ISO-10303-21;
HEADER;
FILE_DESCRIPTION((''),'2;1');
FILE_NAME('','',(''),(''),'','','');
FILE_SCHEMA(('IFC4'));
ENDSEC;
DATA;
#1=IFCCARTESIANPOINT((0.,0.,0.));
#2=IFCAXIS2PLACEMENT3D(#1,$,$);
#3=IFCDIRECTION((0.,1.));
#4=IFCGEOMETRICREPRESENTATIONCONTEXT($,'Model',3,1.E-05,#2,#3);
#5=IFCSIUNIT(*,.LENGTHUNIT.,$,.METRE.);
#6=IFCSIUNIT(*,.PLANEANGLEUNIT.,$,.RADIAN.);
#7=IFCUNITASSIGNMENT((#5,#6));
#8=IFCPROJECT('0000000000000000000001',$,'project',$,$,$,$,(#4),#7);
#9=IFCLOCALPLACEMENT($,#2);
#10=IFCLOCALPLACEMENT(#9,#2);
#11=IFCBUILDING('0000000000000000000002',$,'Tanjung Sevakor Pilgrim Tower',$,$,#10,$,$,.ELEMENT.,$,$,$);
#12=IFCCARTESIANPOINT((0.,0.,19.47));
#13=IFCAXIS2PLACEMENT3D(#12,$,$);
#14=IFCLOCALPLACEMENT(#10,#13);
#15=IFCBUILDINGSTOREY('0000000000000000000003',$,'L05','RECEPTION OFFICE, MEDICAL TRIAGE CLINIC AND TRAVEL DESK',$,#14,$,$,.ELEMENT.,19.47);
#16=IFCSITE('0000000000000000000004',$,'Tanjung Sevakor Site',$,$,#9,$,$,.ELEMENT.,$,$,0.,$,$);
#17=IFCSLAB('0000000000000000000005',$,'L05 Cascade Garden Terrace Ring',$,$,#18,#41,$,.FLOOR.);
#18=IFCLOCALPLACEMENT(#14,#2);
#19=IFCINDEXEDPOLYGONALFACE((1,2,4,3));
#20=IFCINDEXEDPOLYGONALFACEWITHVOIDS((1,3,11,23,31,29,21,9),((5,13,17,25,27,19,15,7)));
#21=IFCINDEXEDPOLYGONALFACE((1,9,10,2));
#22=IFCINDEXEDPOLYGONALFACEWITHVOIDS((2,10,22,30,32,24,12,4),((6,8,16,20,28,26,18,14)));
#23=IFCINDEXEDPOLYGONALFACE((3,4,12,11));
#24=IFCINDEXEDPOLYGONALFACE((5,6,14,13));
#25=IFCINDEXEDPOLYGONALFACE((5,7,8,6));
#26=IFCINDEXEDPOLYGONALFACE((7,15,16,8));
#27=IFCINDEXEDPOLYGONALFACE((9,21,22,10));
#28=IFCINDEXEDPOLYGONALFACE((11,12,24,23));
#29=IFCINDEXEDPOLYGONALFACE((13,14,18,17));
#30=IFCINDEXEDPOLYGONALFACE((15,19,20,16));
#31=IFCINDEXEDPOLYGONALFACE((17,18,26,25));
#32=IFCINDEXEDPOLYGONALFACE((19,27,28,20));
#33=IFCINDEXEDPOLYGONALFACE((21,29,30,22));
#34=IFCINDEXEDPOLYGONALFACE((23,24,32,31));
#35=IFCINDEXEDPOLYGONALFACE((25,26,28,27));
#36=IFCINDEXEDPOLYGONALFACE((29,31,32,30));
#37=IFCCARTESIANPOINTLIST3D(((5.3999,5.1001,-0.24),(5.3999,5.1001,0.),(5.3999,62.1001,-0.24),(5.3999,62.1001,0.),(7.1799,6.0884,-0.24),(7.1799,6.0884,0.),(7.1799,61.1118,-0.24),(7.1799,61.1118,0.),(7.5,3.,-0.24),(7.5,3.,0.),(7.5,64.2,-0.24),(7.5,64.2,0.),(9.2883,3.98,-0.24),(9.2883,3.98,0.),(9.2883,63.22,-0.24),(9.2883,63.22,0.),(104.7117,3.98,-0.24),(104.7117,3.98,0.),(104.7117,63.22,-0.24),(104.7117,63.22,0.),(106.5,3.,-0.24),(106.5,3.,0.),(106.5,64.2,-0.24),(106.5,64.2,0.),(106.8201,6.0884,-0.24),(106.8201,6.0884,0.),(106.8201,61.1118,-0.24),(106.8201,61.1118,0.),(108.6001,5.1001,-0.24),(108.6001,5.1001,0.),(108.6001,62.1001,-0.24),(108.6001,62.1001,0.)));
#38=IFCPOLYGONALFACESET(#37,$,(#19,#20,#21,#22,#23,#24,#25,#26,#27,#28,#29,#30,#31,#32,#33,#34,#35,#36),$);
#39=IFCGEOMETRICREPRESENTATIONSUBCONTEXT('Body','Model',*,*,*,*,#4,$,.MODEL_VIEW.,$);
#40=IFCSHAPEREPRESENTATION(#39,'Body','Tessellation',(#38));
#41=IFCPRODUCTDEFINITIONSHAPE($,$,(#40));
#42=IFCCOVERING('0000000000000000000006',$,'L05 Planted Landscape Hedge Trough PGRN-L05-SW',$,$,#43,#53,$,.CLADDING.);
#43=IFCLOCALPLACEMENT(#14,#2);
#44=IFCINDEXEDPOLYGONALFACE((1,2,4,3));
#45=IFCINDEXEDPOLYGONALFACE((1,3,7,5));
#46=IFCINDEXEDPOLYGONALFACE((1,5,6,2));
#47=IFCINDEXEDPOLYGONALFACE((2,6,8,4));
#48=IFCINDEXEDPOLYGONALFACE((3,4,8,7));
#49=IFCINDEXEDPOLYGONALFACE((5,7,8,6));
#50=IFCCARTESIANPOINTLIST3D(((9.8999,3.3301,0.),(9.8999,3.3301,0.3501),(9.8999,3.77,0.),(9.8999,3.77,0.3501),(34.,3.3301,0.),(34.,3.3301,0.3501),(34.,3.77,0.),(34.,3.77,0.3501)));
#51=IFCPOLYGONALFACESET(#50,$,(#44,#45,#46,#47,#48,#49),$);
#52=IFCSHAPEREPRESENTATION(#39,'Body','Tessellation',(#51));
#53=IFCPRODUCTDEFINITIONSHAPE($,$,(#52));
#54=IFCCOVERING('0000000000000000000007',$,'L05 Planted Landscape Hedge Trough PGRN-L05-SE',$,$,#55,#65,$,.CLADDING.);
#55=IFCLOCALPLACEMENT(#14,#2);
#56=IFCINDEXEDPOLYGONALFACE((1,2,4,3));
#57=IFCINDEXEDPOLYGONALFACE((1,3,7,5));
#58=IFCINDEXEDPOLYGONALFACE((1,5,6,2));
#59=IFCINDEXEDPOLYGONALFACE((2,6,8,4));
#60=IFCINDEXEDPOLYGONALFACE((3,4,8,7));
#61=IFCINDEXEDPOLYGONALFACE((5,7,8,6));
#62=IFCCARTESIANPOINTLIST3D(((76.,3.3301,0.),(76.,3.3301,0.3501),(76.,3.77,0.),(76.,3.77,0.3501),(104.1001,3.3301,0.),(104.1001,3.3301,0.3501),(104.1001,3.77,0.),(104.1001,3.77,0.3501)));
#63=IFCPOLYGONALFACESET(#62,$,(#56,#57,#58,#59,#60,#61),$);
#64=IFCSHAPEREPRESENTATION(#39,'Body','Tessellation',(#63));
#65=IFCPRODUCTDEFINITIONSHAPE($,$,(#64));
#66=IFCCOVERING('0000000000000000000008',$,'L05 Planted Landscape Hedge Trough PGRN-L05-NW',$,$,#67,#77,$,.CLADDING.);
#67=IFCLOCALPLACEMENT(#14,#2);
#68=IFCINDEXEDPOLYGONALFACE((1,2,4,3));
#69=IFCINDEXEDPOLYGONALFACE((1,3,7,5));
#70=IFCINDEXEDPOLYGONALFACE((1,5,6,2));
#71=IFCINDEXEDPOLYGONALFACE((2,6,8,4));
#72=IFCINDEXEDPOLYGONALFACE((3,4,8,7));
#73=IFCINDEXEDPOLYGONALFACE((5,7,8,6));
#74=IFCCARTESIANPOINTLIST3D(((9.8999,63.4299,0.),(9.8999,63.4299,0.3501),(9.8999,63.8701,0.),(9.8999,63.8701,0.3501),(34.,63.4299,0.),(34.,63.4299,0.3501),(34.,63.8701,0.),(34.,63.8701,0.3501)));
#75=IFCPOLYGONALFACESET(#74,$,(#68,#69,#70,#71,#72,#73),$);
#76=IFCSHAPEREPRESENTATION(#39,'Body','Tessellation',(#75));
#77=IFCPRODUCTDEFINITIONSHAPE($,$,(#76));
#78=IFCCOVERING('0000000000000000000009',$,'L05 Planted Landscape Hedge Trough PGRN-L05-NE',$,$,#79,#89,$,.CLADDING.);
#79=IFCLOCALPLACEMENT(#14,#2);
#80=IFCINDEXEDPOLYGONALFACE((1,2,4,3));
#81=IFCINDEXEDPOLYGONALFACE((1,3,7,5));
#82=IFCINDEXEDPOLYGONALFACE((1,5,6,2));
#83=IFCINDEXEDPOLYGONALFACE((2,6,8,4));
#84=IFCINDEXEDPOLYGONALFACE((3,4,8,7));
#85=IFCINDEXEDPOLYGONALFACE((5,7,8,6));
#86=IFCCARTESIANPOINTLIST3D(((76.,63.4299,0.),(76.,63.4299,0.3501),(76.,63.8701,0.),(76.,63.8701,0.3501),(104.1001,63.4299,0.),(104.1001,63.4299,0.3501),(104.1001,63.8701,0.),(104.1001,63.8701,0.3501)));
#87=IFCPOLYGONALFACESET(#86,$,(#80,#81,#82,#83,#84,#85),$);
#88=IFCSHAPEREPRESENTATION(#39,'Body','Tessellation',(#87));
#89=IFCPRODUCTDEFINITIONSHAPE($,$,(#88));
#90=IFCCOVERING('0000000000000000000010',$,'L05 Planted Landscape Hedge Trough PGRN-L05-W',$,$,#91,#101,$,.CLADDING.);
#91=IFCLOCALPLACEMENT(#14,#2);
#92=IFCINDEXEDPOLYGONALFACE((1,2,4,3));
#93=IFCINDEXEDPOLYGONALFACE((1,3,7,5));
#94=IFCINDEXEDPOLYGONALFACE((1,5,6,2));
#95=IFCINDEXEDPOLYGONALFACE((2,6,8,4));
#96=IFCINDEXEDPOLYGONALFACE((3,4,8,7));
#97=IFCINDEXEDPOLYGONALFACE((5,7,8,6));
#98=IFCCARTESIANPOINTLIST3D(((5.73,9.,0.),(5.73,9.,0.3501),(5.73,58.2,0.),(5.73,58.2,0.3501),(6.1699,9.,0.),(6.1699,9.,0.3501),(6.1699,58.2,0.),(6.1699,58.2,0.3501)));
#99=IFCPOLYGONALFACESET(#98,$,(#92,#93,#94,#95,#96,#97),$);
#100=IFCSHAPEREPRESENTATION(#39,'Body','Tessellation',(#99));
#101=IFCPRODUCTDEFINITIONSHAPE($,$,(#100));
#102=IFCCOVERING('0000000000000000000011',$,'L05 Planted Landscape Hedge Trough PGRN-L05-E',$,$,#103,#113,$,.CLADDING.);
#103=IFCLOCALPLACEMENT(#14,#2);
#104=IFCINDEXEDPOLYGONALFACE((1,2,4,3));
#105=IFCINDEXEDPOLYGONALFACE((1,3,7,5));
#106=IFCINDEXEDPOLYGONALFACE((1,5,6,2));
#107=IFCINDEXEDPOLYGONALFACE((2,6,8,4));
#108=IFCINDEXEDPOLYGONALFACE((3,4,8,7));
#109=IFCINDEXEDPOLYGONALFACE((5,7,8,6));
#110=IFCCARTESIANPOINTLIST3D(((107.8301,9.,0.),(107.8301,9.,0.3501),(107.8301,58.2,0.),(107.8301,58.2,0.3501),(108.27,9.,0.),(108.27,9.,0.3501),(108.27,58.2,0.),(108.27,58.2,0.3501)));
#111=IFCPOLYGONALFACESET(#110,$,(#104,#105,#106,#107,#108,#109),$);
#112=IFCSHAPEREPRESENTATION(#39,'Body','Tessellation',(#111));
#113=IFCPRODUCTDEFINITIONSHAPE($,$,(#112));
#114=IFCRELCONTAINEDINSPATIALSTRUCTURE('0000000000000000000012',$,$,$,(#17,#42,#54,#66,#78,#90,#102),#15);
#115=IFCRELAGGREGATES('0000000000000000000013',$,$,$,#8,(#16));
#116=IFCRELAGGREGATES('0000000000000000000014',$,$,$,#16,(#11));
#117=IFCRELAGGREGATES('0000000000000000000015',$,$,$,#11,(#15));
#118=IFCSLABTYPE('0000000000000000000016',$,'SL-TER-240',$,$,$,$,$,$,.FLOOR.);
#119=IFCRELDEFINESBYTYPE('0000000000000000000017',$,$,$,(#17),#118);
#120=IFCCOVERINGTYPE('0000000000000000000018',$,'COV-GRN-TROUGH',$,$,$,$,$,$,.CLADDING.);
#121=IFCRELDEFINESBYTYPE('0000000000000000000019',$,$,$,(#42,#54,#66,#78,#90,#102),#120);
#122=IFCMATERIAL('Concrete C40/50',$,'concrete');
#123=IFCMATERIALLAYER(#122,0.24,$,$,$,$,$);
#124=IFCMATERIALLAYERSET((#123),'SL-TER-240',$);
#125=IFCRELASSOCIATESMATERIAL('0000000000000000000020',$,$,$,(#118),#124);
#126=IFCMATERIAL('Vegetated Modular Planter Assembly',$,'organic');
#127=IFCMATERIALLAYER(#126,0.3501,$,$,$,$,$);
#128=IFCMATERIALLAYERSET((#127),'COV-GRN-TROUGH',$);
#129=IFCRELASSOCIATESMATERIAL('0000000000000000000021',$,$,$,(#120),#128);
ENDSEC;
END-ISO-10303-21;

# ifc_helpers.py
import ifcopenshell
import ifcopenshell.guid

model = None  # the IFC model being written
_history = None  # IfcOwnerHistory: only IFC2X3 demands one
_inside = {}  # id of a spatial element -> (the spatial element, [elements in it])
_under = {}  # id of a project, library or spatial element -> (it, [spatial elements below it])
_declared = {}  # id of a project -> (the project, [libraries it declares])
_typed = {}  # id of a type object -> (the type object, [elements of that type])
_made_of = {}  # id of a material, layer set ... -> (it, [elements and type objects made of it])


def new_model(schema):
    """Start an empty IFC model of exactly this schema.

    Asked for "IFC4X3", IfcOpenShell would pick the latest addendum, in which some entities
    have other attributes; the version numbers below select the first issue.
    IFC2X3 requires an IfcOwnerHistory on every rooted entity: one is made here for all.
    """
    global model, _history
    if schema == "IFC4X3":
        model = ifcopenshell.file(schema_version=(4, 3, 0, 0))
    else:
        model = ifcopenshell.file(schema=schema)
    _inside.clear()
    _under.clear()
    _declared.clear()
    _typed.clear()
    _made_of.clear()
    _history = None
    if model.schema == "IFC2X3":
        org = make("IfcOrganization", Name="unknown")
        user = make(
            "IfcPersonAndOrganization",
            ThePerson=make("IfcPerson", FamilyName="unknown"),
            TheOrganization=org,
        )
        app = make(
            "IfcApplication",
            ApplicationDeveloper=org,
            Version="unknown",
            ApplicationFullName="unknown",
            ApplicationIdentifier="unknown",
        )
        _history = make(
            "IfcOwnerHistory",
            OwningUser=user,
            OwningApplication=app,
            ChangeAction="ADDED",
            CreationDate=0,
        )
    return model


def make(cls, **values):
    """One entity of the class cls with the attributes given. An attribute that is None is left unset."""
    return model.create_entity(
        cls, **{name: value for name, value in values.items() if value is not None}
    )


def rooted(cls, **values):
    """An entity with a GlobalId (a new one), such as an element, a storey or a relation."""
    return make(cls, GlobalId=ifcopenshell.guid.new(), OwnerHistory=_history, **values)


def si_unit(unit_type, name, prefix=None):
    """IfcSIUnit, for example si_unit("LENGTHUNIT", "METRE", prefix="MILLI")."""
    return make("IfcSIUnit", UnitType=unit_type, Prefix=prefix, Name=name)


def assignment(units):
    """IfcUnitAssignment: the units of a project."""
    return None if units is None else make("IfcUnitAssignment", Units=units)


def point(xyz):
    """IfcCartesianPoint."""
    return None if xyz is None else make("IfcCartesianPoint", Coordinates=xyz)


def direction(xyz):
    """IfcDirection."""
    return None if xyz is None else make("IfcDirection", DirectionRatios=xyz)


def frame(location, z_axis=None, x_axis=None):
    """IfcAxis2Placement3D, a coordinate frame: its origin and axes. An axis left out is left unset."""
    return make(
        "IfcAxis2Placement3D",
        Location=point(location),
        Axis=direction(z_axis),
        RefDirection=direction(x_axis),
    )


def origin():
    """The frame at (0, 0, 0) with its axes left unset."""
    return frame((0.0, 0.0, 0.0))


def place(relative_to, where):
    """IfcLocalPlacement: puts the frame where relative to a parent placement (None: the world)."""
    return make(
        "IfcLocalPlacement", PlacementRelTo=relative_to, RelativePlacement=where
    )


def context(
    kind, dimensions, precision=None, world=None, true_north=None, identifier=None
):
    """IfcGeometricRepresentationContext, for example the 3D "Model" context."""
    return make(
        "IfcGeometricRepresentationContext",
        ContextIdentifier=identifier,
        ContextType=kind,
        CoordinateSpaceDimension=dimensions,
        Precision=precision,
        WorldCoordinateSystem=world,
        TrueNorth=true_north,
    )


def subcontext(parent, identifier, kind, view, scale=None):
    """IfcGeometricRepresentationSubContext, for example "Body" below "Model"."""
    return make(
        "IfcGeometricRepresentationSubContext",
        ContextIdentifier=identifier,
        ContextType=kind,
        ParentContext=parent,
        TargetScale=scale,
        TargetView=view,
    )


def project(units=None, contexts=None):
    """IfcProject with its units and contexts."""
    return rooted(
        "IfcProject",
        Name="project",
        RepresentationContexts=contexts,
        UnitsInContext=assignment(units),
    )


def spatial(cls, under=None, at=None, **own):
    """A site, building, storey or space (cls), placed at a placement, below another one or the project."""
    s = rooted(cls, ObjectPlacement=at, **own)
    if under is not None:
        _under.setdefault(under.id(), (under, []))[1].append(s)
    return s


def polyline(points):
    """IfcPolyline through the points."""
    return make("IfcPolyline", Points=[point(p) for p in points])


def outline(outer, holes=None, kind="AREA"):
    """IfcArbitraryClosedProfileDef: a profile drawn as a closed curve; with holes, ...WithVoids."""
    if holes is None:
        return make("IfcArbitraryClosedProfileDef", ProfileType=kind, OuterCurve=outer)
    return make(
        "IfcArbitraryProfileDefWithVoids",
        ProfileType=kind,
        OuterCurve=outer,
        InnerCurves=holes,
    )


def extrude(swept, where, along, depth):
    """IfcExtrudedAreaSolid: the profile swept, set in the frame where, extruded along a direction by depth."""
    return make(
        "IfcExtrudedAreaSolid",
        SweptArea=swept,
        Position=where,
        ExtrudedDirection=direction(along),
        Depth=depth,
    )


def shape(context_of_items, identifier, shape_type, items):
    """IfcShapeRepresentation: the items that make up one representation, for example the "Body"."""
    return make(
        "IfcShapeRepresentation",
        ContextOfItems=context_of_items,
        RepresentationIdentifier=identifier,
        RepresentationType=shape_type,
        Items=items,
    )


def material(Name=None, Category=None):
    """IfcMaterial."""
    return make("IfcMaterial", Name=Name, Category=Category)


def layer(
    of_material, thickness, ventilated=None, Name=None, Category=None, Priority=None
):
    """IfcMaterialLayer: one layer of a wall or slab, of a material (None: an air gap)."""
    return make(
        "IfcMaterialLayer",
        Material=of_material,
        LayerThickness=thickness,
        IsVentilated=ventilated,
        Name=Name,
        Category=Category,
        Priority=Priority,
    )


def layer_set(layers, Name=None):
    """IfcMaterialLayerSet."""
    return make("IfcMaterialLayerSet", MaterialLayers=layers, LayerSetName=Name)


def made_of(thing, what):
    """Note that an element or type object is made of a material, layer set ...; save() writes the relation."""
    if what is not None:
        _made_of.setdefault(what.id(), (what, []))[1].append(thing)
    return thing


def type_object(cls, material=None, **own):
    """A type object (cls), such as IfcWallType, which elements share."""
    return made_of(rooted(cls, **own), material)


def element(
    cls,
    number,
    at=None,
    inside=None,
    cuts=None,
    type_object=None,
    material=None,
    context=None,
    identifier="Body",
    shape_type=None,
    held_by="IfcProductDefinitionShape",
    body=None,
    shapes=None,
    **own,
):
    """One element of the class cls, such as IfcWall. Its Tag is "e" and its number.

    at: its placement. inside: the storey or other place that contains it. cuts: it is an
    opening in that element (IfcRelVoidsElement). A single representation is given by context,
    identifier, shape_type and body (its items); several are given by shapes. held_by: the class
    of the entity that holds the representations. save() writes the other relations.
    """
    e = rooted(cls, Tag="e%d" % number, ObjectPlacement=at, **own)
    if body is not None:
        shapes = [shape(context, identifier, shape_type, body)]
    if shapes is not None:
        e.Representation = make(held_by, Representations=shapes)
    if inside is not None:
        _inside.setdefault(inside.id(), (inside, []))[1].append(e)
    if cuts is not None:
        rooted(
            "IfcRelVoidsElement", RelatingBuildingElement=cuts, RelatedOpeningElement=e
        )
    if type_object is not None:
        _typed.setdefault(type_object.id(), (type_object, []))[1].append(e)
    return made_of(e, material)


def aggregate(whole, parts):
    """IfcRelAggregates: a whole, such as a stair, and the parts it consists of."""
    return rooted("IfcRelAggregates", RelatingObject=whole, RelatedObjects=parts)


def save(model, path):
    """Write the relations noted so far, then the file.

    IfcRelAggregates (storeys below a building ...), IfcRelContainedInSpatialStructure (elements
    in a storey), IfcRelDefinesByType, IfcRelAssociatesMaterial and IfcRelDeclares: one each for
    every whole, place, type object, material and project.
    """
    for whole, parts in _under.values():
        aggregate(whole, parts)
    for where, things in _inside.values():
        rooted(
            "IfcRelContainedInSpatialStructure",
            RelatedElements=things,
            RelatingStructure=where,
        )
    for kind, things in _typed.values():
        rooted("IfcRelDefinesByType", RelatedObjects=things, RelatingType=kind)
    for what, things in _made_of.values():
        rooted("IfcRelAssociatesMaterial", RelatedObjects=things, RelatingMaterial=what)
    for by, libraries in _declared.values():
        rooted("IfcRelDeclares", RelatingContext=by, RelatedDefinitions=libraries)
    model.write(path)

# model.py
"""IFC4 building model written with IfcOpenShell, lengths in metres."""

from ifc_helpers import new_model, si_unit, direction, frame, origin, place, context, subcontext, project, spatial, polyline, outline, extrude, material, layer, layer_set, type_object, element, save


model = new_model("IFC4")

# Units and contexts
model_context = context("Model", 3, precision=1e-05, world=origin(), true_north=direction((0.0, 1.0)))
body_context = subcontext(model_context, "Body", "Model", "MODEL_VIEW")
ifc_project = project(units=[si_unit("LENGTHUNIT", "METRE"), si_unit("PLANEANGLEUNIT", "RADIAN")], contexts=[model_context])

# Site, building, storey
site_placement = place(None, origin())
site = spatial("IfcSite", under=ifc_project, at=site_placement, Name="Tanjung Sevakor Site", CompositionType="ELEMENT", RefElevation=0.0)
building_placement = place(site_placement, origin())
building = spatial("IfcBuilding", under=site, at=building_placement, Name="Tanjung Sevakor Pilgrim Tower", CompositionType="ELEMENT")
storey_placement = place(building_placement, frame((0.0, 0.0, 19.47)))
storey = spatial("IfcBuildingStorey", under=building, at=storey_placement, Name="L05", Description="RECEPTION OFFICE, MEDICAL TRIAGE CLINIC AND TRAVEL DESK", CompositionType="ELEMENT", Elevation=19.47)

# Slab
ifc_material_1 = material(Name="Concrete C40/50", Category="concrete")
ifc_layer_1 = layer(ifc_material_1, 0.24)
ifc_layer_set_1 = layer_set([ifc_layer_1], Name="SL-TER-240")
slab_type_1 = type_object("IfcSlabType", Name="SL-TER-240", PredefinedType="FLOOR", material=ifc_layer_set_1)
slab_1_placement = place(storey_placement, frame((0.0, 0.0, -0.24)))
element("IfcSlab", 1, at=slab_1_placement, inside=storey, type_object=slab_type_1, Name="L05 Cascade Garden Terrace Ring", PredefinedType="FLOOR", context=body_context, shape_type="SweptSolid", body=[
    extrude(outline(polyline([(7.5, 3.0), (106.5, 3.0), (108.6001, 5.1001), (108.6001, 62.1001), (106.5, 64.2), (7.5, 64.2), (5.3999, 62.1001), (5.3999, 5.1001), (7.5, 3.0)]), holes=[polyline([(9.2883, 3.98), (104.7117, 3.98), (106.8201, 6.0884), (106.8201, 61.1118), (104.7117, 63.22), (9.2883, 63.22), (7.1799, 61.1118), (7.1799, 6.0884), (9.2883, 3.98)])]), origin(), (0.0, 0.0, 1.0), 0.24),
])

# Coverings
ifc_material_2 = material(Name="Vegetated Modular Planter Assembly", Category="organic")
ifc_layer_2 = layer(ifc_material_2, 0.3501)
ifc_layer_set_2 = layer_set([ifc_layer_2], Name="COV-GRN-TROUGH")
covering_type = type_object("IfcCoveringType", Name="COV-GRN-TROUGH", PredefinedType="CLADDING", material=ifc_layer_set_2)
covering_1_placement = place(storey_placement, origin())
element("IfcCovering", 2, at=covering_1_placement, inside=storey, type_object=covering_type, Name="L05 Planted Landscape Hedge Trough PGRN-L05-SW", PredefinedType="CLADDING", context=body_context, shape_type="SweptSolid", body=[
    extrude(outline(polyline([(9.8999, 3.3301), (34.0, 3.3301), (34.0, 3.77), (9.8999, 3.77), (9.8999, 3.3301)])), origin(), (0.0, 0.0, 1.0), 0.3501),
])
covering_2_placement = place(storey_placement, origin())
element("IfcCovering", 3, at=covering_2_placement, inside=storey, type_object=covering_type, Name="L05 Planted Landscape Hedge Trough PGRN-L05-SE", PredefinedType="CLADDING", context=body_context, shape_type="SweptSolid", body=[
    extrude(outline(polyline([(76.0, 3.3301), (104.1001, 3.3301), (104.1001, 3.77), (76.0, 3.77), (76.0, 3.3301)])), origin(), (0.0, 0.0, 1.0), 0.3501),
])
covering_3_placement = place(storey_placement, origin())
element("IfcCovering", 4, at=covering_3_placement, inside=storey, type_object=covering_type, Name="L05 Planted Landscape Hedge Trough PGRN-L05-NW", PredefinedType="CLADDING", context=body_context, shape_type="SweptSolid", body=[
    extrude(outline(polyline([(9.8999, 63.4299), (34.0, 63.4299), (34.0, 63.8701), (9.8999, 63.8701), (9.8999, 63.4299)])), origin(), (0.0, 0.0, 1.0), 0.3501),
])
covering_4_placement = place(storey_placement, origin())
element("IfcCovering", 5, at=covering_4_placement, inside=storey, type_object=covering_type, Name="L05 Planted Landscape Hedge Trough PGRN-L05-NE", PredefinedType="CLADDING", context=body_context, shape_type="SweptSolid", body=[
    extrude(outline(polyline([(76.0, 63.4299), (104.1001, 63.4299), (104.1001, 63.8701), (76.0, 63.8701), (76.0, 63.4299)])), origin(), (0.0, 0.0, 1.0), 0.3501),
])
covering_5_placement = place(storey_placement, origin())
element("IfcCovering", 6, at=covering_5_placement, inside=storey, type_object=covering_type, Name="L05 Planted Landscape Hedge Trough PGRN-L05-W", PredefinedType="CLADDING", context=body_context, shape_type="SweptSolid", body=[
    extrude(outline(polyline([(6.1699, 9.0), (6.1699, 58.2), (5.73, 58.2), (5.73, 9.0), (6.1699, 9.0)])), origin(), (0.0, 0.0, 1.0), 0.3501),
])
covering_6_placement = place(storey_placement, origin())
element("IfcCovering", 7, at=covering_6_placement, inside=storey, type_object=covering_type, Name="L05 Planted Landscape Hedge Trough PGRN-L05-E", PredefinedType="CLADDING", context=body_context, shape_type="SweptSolid", body=[
    extrude(outline(polyline([(108.27, 9.0), (108.27, 58.2), (107.8301, 58.2), (107.8301, 9.0), (108.27, 9.0)])), origin(), (0.0, 0.0, 1.0), 0.3501),
])

save(model, "model.ifc")
